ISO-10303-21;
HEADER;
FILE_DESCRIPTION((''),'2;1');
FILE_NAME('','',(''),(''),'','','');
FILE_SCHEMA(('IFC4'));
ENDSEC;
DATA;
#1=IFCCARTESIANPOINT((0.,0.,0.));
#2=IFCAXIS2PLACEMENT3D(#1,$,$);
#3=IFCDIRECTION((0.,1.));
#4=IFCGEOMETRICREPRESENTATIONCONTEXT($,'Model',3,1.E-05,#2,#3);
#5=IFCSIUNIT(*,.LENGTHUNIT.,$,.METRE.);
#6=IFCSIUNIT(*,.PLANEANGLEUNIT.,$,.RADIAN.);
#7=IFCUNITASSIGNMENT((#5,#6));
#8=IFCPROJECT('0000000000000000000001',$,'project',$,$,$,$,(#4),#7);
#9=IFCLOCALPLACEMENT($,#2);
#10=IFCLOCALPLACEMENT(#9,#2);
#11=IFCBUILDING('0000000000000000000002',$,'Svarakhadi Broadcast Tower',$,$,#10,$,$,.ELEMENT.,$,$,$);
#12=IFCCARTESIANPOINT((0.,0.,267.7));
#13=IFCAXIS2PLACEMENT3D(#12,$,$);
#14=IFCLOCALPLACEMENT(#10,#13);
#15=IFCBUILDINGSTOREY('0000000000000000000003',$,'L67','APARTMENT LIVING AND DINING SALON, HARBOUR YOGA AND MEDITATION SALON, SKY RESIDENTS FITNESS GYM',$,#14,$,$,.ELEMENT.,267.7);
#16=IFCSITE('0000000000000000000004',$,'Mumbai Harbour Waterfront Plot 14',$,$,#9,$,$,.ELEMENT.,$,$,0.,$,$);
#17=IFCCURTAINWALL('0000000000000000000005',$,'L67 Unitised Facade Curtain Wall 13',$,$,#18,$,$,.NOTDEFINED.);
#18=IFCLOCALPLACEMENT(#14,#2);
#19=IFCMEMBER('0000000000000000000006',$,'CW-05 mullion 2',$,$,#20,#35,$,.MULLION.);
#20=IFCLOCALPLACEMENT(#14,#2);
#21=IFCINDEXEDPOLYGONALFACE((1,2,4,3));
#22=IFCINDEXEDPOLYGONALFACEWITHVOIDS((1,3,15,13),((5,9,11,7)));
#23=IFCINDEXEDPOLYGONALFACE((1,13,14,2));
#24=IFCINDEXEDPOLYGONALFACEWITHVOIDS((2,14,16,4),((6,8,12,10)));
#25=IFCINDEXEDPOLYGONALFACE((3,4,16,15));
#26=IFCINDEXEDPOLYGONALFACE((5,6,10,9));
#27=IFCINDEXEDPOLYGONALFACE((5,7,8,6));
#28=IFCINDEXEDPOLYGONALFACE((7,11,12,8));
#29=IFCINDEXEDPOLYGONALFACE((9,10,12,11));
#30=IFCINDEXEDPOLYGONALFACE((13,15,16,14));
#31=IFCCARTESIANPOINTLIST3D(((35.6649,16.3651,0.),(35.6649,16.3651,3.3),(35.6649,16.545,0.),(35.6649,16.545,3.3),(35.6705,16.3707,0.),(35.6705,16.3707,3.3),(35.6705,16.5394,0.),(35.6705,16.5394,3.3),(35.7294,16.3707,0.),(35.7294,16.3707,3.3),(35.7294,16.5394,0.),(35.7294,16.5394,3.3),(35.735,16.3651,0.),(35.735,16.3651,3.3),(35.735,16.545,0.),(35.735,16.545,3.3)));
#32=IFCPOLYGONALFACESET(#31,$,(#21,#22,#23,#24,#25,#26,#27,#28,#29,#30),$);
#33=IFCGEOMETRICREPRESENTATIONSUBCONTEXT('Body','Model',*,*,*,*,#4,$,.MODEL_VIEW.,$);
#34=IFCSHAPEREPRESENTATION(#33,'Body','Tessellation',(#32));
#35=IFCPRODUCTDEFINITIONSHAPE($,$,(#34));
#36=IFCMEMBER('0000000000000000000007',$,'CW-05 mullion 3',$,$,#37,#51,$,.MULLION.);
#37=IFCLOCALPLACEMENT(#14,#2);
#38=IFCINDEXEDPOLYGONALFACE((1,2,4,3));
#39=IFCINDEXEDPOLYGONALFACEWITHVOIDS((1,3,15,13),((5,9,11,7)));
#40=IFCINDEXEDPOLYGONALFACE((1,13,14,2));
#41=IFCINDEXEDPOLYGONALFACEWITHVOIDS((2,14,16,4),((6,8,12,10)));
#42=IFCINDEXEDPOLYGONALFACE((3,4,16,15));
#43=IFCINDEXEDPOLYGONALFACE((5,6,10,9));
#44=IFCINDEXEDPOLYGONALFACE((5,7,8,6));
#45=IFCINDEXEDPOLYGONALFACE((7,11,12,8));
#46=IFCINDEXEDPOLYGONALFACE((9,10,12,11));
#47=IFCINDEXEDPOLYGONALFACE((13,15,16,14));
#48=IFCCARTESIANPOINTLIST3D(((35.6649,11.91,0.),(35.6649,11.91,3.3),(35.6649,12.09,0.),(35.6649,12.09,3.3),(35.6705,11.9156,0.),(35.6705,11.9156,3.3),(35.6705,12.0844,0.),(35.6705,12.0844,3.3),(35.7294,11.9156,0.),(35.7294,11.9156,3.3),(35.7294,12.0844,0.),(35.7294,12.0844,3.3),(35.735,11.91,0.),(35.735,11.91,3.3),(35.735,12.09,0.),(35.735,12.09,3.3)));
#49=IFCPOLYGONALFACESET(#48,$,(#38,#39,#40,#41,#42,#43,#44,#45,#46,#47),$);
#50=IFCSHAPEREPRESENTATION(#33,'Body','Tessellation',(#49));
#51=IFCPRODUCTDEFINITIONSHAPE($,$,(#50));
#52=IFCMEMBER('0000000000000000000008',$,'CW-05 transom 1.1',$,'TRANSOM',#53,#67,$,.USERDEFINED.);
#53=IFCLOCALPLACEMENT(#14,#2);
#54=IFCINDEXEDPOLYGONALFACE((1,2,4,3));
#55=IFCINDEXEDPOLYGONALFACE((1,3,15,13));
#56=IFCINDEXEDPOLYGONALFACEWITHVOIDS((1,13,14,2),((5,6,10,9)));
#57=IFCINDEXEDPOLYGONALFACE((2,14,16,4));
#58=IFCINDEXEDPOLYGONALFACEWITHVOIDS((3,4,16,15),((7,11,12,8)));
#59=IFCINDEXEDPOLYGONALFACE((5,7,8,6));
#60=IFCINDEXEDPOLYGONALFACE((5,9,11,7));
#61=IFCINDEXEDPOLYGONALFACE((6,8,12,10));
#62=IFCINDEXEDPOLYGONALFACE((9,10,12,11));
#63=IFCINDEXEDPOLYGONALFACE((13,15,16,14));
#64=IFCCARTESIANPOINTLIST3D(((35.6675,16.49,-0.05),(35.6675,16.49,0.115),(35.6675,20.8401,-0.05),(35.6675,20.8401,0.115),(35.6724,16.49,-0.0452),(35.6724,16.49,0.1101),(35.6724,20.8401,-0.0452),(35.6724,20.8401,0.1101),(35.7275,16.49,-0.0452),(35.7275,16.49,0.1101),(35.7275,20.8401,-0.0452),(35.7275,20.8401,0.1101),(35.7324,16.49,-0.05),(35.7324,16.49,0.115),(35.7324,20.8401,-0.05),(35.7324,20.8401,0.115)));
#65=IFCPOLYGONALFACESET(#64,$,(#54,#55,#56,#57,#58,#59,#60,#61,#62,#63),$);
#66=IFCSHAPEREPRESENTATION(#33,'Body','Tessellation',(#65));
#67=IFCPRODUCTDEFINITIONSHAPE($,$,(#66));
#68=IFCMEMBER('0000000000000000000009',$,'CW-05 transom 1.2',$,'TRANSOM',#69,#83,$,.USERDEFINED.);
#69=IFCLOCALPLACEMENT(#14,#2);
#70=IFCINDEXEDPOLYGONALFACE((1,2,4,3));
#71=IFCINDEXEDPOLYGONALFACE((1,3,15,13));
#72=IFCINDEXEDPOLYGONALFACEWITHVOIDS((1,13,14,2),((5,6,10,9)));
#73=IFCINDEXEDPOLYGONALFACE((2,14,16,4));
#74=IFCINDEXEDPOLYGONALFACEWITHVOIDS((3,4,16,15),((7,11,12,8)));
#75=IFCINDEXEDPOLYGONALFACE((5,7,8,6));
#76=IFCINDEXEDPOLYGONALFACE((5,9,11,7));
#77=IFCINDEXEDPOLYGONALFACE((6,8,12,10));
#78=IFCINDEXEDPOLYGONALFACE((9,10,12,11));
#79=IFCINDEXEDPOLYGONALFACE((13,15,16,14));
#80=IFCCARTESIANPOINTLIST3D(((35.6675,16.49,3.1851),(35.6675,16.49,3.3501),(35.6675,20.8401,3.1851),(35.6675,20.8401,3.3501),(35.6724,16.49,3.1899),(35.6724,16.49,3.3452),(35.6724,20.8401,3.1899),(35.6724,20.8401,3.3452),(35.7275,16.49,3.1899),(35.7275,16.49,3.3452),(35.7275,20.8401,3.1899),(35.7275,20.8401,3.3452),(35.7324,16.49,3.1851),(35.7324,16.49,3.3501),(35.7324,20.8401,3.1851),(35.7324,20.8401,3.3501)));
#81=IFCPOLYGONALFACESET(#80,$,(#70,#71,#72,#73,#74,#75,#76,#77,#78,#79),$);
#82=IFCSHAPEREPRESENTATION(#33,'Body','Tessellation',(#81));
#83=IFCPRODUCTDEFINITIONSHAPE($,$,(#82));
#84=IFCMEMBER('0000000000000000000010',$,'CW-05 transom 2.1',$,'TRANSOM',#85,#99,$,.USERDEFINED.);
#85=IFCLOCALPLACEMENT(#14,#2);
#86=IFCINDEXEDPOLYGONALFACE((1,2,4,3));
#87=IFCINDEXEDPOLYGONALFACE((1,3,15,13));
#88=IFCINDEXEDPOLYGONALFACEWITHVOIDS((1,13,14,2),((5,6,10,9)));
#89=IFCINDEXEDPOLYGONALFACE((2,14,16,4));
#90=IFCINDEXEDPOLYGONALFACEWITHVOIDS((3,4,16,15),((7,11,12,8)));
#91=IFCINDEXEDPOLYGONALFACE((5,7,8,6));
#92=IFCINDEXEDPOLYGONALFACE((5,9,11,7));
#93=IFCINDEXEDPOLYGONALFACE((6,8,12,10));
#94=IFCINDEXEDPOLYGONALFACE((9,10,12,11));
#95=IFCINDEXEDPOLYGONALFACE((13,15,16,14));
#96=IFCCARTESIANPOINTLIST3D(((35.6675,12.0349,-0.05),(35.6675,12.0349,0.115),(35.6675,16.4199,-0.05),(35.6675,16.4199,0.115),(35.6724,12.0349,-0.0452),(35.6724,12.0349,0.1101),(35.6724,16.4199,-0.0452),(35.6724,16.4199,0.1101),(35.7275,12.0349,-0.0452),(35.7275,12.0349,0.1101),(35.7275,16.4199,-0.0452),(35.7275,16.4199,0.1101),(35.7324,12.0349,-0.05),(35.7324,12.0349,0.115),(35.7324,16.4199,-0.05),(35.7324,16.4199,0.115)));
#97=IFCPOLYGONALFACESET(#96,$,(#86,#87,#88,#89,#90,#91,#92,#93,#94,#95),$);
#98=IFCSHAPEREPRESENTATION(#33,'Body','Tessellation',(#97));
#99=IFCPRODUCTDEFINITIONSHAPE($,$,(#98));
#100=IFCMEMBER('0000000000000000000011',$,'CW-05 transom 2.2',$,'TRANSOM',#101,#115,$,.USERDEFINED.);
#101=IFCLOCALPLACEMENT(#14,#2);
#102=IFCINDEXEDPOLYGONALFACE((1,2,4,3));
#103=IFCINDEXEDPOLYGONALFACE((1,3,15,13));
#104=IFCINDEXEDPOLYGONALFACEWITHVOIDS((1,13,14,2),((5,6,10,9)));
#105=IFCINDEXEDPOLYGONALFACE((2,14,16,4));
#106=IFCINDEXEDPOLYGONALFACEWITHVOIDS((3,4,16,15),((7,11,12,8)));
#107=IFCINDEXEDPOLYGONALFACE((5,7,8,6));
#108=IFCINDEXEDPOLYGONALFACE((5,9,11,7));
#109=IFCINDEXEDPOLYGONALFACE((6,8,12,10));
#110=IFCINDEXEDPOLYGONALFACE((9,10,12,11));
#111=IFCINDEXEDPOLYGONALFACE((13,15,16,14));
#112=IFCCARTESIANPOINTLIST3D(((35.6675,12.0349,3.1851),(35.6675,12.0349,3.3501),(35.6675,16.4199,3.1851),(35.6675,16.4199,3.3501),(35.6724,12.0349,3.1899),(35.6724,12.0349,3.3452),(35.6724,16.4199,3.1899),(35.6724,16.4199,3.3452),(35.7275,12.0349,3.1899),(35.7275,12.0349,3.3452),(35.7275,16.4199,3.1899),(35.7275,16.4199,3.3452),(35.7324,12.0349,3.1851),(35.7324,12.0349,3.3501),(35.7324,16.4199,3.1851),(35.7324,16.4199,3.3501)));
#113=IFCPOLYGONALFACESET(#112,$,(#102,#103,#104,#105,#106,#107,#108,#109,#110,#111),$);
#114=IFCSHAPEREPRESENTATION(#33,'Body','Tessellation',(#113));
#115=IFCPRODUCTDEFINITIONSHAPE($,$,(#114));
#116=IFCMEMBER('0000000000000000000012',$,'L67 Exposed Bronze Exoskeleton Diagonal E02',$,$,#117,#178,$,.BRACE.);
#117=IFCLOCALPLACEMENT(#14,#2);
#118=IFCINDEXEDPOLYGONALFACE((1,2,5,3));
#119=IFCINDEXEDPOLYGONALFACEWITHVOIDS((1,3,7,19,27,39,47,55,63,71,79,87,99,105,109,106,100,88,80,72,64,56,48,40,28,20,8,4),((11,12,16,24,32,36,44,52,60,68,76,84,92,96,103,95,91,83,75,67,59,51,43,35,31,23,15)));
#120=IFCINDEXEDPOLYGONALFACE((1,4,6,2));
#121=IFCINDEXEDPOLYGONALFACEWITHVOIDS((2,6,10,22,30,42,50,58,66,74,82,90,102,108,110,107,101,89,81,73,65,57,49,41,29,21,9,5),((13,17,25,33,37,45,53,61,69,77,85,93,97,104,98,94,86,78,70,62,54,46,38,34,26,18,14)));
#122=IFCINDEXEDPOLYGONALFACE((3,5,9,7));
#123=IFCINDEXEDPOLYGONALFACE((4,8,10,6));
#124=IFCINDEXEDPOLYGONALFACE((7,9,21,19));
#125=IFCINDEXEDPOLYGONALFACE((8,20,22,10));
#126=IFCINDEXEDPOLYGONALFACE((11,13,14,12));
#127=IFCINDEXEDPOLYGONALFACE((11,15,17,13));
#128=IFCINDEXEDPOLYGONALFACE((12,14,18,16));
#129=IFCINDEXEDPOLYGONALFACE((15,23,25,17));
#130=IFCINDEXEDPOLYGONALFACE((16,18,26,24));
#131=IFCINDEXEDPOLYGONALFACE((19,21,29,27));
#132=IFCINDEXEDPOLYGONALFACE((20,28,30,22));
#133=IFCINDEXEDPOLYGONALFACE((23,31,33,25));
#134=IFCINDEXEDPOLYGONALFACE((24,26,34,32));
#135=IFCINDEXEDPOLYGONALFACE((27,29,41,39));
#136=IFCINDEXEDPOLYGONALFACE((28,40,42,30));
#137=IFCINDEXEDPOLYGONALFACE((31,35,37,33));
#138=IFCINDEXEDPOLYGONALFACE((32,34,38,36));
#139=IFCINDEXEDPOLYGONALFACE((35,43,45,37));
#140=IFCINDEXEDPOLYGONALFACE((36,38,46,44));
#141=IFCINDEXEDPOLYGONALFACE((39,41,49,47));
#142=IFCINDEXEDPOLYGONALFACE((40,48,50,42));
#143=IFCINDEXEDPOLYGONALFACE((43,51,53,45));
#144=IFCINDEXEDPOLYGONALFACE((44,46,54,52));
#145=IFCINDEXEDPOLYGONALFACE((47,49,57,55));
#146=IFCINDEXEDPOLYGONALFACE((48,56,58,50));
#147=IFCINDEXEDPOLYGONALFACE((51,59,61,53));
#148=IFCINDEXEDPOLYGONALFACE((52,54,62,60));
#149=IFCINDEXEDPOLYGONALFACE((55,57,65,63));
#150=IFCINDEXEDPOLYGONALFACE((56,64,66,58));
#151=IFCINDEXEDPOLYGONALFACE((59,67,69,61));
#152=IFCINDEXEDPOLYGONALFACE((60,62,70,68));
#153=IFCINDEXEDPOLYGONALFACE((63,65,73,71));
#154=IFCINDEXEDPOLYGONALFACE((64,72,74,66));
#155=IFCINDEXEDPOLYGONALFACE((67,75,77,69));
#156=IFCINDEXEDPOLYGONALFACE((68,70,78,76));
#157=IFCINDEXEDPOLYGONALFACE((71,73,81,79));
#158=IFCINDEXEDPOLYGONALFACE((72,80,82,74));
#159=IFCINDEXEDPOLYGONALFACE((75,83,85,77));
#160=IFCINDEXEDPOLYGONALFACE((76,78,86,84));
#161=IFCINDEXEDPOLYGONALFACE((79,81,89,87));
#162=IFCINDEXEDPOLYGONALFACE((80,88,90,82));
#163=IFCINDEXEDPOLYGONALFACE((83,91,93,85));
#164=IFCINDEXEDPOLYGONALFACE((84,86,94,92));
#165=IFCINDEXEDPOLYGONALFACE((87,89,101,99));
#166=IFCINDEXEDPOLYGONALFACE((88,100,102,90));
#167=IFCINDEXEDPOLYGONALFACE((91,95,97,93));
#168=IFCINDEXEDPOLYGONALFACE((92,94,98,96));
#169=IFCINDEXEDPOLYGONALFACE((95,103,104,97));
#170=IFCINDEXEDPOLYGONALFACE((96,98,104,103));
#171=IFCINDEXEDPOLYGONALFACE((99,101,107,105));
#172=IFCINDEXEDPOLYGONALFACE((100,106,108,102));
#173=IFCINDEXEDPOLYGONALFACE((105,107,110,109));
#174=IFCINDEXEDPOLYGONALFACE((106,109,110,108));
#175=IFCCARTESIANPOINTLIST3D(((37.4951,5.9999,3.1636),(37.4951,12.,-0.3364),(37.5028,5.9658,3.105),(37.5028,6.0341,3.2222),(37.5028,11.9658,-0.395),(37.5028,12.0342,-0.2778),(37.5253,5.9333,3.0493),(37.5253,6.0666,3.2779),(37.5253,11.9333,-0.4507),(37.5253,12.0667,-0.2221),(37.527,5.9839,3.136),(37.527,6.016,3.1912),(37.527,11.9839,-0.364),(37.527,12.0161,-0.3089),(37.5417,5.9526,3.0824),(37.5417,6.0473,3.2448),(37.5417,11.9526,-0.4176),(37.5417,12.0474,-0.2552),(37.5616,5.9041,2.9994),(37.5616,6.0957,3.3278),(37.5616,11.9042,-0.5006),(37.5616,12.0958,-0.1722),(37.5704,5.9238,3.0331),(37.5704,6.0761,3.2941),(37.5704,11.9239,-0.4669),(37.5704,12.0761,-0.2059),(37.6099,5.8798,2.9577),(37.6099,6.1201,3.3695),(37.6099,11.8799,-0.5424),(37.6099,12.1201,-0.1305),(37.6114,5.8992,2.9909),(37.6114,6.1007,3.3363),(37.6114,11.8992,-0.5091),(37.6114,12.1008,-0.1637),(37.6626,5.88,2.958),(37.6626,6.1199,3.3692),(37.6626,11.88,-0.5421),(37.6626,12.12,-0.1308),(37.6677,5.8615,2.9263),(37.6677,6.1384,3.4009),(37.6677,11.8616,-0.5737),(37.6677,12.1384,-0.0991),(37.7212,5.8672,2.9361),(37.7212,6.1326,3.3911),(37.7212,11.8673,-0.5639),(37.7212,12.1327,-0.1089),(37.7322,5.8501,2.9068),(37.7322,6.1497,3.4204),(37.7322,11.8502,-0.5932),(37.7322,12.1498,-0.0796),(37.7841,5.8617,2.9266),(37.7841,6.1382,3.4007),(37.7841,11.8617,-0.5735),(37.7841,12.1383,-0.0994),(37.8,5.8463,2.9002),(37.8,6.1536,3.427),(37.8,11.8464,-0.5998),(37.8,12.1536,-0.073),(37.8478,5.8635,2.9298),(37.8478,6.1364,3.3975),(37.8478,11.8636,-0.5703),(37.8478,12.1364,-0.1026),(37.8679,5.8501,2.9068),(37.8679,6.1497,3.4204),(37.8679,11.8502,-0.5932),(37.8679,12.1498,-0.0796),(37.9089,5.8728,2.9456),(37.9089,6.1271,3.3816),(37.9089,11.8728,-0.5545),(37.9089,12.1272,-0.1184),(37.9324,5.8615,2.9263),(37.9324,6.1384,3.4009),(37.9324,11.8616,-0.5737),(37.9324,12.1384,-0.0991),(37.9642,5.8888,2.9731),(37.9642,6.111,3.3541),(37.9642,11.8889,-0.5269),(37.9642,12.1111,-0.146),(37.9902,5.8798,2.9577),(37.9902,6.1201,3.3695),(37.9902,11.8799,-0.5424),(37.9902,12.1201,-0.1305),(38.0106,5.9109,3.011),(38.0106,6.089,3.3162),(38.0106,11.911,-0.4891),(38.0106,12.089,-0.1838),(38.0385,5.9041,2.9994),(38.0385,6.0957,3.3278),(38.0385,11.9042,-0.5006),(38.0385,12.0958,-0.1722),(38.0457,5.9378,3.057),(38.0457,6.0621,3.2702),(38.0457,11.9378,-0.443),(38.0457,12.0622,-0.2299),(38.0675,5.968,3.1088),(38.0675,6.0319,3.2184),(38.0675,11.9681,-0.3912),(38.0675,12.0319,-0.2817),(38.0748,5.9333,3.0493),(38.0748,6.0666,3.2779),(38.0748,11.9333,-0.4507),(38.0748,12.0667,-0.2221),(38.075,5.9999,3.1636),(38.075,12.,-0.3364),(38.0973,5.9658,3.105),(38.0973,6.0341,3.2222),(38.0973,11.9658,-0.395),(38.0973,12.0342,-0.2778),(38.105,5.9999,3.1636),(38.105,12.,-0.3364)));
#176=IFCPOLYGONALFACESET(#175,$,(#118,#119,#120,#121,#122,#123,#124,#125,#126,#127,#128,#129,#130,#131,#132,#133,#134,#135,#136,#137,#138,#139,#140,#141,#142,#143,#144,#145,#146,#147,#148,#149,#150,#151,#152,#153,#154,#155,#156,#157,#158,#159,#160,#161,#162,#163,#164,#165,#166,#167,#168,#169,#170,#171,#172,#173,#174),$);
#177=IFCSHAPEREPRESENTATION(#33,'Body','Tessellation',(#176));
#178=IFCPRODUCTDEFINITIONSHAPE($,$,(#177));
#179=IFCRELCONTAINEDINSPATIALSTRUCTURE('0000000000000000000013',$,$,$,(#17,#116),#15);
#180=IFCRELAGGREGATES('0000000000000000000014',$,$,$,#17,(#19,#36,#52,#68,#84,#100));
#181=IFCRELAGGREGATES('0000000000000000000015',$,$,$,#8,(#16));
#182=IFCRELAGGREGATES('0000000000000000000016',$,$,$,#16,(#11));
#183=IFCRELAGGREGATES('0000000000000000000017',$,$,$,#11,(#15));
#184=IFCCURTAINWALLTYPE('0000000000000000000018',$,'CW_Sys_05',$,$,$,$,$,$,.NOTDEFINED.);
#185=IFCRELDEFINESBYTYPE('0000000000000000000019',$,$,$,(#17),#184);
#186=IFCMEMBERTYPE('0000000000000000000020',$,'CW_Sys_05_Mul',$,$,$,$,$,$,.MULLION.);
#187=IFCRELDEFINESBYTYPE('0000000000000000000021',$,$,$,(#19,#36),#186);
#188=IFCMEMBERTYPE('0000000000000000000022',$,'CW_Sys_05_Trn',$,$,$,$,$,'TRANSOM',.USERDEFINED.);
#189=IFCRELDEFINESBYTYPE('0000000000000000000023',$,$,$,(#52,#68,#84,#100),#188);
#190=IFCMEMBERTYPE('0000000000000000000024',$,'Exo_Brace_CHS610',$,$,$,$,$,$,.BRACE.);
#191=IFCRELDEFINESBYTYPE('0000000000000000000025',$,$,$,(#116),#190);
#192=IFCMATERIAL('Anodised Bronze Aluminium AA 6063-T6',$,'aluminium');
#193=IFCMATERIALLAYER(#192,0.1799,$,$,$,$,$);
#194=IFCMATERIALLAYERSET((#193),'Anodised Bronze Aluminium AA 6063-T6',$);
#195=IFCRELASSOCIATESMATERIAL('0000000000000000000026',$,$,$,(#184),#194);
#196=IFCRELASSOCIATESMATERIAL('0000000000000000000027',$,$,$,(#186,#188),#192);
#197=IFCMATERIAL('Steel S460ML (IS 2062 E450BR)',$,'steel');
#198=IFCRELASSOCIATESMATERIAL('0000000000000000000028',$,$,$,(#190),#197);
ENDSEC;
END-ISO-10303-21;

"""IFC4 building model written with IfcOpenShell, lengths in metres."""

from ifc_helpers import new_model, si_unit, direction, frame, origin, origin_2d, place, context, subcontext, project, spatial, hollow_rectangle, hollow_circle, extrude, material, layer, layer_set, material_profile, profile_set, type_object, element, aggregate, save


model = new_model("IFC4")

# Units and contexts
model_context = context("Model", 3, precision=1e-05, world=origin(), true_north=direction((0.0, 1.0)))
body_context = subcontext(model_context, "Body", "Model", "MODEL_VIEW")
ifc_project = project(units=[si_unit("LENGTHUNIT", "METRE"), si_unit("PLANEANGLEUNIT", "RADIAN")], contexts=[model_context])

# Site, building, storey
site_placement = place(None, origin())
site = spatial("IfcSite", under=ifc_project, at=site_placement, Name="Mumbai Harbour Waterfront Plot 14", CompositionType="ELEMENT", RefElevation=0.0)
building_placement = place(site_placement, origin())
building = spatial("IfcBuilding", under=site, at=building_placement, Name="Svarakhadi Broadcast Tower", CompositionType="ELEMENT")
storey_placement = place(building_placement, frame((0.0, 0.0, 267.7)))
storey = spatial("IfcBuildingStorey", under=building, at=storey_placement, Name="L67", Description="APARTMENT LIVING AND DINING SALON, HARBOUR YOGA AND MEDITATION SALON, SKY RESIDENTS FITNESS GYM", CompositionType="ELEMENT", Elevation=267.7)

# Shared definitions
ifc_material_1 = material(Name="Steel S460ML (IS 2062 E450BR)", Category="steel")

# Shared definitions
ifc_material_2 = material(Name="Anodised Bronze Aluminium AA 6063-T6", Category="aluminium")
ifc_layer_1 = layer(ifc_material_2, 0.1799)
ifc_layer_set_1 = layer_set([ifc_layer_1], Name="Anodised Bronze Aluminium AA 6063-T6")
curtain_wall_type = type_object("IfcCurtainWallType", Name="CW_Sys_05", PredefinedType="NOTDEFINED", material=ifc_layer_set_1)
ifc_material_profile_1 = material_profile(ifc_material_2, hollow_rectangle(XDim=0.0701, YDim=0.1799, WallThickness=0.0056, at=origin_2d()), Name="ALU MULLION 180x70x6")
ifc_profile_set_1 = profile_set([ifc_material_profile_1], Name="Anodised Bronze Aluminium AA 6063-T6")
member_type_1 = type_object("IfcMemberType", Name="CW_Sys_05_Mul", PredefinedType="MULLION", material=ifc_profile_set_1)

# Curtain wall, members
curtain_wall_1_placement = place(storey_placement, origin())
curtain_wall_1 = element("IfcCurtainWall", 1, at=curtain_wall_1_placement, inside=storey, type_object=curtain_wall_type, Name="L67 Unitised Facade Curtain Wall 13", PredefinedType="NOTDEFINED")
member_1_placement = place(storey_placement, frame((35.7, 16.4551, 0.0), z_axis=(0.0, 0.0, 1.0), x_axis=(1.0, 0.0, 0.0)))
member_1 = element("IfcMember", 2, at=member_1_placement, type_object=member_type_1, Name="CW-05 mullion 2", PredefinedType="MULLION", context=body_context, shape_type="SweptSolid", body=[
    extrude(hollow_rectangle(XDim=0.0701, YDim=0.1799, WallThickness=0.0056, at=origin_2d()), origin(), (0.0, 0.0, 1.0), 3.3),
])
member_2_placement = place(storey_placement, frame((35.7, 12.0, 0.0), z_axis=(0.0, 0.0, 1.0), x_axis=(1.0, 0.0, 0.0)))
member_2 = element("IfcMember", 3, at=member_2_placement, type_object=member_type_1, Name="CW-05 mullion 3", PredefinedType="MULLION", context=body_context, shape_type="SweptSolid", body=[
    extrude(hollow_rectangle(XDim=0.0701, YDim=0.1799, WallThickness=0.0056, at=origin_2d()), origin(), (0.0, 0.0, 1.0), 3.3),
])
ifc_material_profile_2 = material_profile(ifc_material_2, hollow_rectangle(XDim=0.0649, YDim=0.165, WallThickness=0.0049, at=origin_2d()), Name="ALU TRANSOM 165x65x5")
ifc_profile_set_2 = profile_set([ifc_material_profile_2], Name="Anodised Bronze Aluminium AA 6063-T6")
member_type_2 = type_object("IfcMemberType", Name="CW_Sys_05_Trn", ElementType="TRANSOM", PredefinedType="USERDEFINED", material=ifc_profile_set_2)
member_3_placement = place(storey_placement, frame((35.7, 20.8401, 0.0325), z_axis=(0.0, -1.0, 0.0), x_axis=(1.0, 0.0, 0.0)))
member_3 = element("IfcMember", 4, at=member_3_placement, type_object=member_type_2, Name="CW-05 transom 1.1", ObjectType="TRANSOM", PredefinedType="USERDEFINED", context=body_context, shape_type="SweptSolid", body=[
    extrude(hollow_rectangle(XDim=0.0649, YDim=0.165, WallThickness=0.0049, at=origin_2d()), origin(), (0.0, 0.0, 1.0), 4.3501),
])
member_4_placement = place(storey_placement, frame((35.7, 20.8401, 3.2676), z_axis=(0.0, -1.0, 0.0), x_axis=(1.0, 0.0, 0.0)))
member_4 = element("IfcMember", 5, at=member_4_placement, type_object=member_type_2, Name="CW-05 transom 1.2", ObjectType="TRANSOM", PredefinedType="USERDEFINED", context=body_context, shape_type="SweptSolid", body=[
    extrude(hollow_rectangle(XDim=0.0649, YDim=0.165, WallThickness=0.0049, at=origin_2d()), origin(), (0.0, 0.0, 1.0), 4.3501),
])
member_5_placement = place(storey_placement, frame((35.7, 16.4199, 0.0325), z_axis=(0.0, -1.0, 0.0), x_axis=(1.0, 0.0, 0.0)))
member_5 = element("IfcMember", 6, at=member_5_placement, type_object=member_type_2, Name="CW-05 transom 2.1", ObjectType="TRANSOM", PredefinedType="USERDEFINED", context=body_context, shape_type="SweptSolid", body=[
    extrude(hollow_rectangle(XDim=0.0649, YDim=0.165, WallThickness=0.0049, at=origin_2d()), origin(), (0.0, 0.0, 1.0), 4.385),
])
member_6_placement = place(storey_placement, frame((35.7, 16.4199, 3.2676), z_axis=(0.0, -1.0, 0.0), x_axis=(1.0, 0.0, 0.0)))
member_6 = element("IfcMember", 7, at=member_6_placement, type_object=member_type_2, Name="CW-05 transom 2.2", ObjectType="TRANSOM", PredefinedType="USERDEFINED", context=body_context, shape_type="SweptSolid", body=[
    extrude(hollow_rectangle(XDim=0.0649, YDim=0.165, WallThickness=0.0049, at=origin_2d()), origin(), (0.0, 0.0, 1.0), 4.385),
])

# Member
ifc_material_profile_3 = material_profile(ifc_material_1, hollow_circle(Radius=0.3049, WallThickness=0.03, at=origin_2d()), Name="CHS 610x30")
ifc_profile_set_3 = profile_set([ifc_material_profile_3], Name="Steel S460ML (IS 2062 E450BR)")
member_type_3 = type_object("IfcMemberType", Name="Exo_Brace_CHS610", PredefinedType="BRACE", material=ifc_profile_set_3)
for number, where, z_axis, x_axis, name in (
    (8, (37.8, 12.0, -0.3364), (0.0, -0.863779, 0.503871), (1.0, 0.0, 0.0), "L67 Exposed Bronze Exoskeleton Diagonal E02"),
):
    element("IfcMember", number, at=place(storey_placement, frame(where, z_axis=z_axis, x_axis=x_axis)), inside=storey, type_object=member_type_3, Name=name, PredefinedType="BRACE", context=body_context, shape_type="SweptSolid", body=[
        extrude(hollow_circle(Radius=0.3049, WallThickness=0.03, at=origin_2d()), origin(), (0.0, 0.0, 1.0), 6.9463),
    ])

aggregate(curtain_wall_1, [member_1, member_2, member_3, member_4, member_5, member_6])

save(model, "model.ifc")
